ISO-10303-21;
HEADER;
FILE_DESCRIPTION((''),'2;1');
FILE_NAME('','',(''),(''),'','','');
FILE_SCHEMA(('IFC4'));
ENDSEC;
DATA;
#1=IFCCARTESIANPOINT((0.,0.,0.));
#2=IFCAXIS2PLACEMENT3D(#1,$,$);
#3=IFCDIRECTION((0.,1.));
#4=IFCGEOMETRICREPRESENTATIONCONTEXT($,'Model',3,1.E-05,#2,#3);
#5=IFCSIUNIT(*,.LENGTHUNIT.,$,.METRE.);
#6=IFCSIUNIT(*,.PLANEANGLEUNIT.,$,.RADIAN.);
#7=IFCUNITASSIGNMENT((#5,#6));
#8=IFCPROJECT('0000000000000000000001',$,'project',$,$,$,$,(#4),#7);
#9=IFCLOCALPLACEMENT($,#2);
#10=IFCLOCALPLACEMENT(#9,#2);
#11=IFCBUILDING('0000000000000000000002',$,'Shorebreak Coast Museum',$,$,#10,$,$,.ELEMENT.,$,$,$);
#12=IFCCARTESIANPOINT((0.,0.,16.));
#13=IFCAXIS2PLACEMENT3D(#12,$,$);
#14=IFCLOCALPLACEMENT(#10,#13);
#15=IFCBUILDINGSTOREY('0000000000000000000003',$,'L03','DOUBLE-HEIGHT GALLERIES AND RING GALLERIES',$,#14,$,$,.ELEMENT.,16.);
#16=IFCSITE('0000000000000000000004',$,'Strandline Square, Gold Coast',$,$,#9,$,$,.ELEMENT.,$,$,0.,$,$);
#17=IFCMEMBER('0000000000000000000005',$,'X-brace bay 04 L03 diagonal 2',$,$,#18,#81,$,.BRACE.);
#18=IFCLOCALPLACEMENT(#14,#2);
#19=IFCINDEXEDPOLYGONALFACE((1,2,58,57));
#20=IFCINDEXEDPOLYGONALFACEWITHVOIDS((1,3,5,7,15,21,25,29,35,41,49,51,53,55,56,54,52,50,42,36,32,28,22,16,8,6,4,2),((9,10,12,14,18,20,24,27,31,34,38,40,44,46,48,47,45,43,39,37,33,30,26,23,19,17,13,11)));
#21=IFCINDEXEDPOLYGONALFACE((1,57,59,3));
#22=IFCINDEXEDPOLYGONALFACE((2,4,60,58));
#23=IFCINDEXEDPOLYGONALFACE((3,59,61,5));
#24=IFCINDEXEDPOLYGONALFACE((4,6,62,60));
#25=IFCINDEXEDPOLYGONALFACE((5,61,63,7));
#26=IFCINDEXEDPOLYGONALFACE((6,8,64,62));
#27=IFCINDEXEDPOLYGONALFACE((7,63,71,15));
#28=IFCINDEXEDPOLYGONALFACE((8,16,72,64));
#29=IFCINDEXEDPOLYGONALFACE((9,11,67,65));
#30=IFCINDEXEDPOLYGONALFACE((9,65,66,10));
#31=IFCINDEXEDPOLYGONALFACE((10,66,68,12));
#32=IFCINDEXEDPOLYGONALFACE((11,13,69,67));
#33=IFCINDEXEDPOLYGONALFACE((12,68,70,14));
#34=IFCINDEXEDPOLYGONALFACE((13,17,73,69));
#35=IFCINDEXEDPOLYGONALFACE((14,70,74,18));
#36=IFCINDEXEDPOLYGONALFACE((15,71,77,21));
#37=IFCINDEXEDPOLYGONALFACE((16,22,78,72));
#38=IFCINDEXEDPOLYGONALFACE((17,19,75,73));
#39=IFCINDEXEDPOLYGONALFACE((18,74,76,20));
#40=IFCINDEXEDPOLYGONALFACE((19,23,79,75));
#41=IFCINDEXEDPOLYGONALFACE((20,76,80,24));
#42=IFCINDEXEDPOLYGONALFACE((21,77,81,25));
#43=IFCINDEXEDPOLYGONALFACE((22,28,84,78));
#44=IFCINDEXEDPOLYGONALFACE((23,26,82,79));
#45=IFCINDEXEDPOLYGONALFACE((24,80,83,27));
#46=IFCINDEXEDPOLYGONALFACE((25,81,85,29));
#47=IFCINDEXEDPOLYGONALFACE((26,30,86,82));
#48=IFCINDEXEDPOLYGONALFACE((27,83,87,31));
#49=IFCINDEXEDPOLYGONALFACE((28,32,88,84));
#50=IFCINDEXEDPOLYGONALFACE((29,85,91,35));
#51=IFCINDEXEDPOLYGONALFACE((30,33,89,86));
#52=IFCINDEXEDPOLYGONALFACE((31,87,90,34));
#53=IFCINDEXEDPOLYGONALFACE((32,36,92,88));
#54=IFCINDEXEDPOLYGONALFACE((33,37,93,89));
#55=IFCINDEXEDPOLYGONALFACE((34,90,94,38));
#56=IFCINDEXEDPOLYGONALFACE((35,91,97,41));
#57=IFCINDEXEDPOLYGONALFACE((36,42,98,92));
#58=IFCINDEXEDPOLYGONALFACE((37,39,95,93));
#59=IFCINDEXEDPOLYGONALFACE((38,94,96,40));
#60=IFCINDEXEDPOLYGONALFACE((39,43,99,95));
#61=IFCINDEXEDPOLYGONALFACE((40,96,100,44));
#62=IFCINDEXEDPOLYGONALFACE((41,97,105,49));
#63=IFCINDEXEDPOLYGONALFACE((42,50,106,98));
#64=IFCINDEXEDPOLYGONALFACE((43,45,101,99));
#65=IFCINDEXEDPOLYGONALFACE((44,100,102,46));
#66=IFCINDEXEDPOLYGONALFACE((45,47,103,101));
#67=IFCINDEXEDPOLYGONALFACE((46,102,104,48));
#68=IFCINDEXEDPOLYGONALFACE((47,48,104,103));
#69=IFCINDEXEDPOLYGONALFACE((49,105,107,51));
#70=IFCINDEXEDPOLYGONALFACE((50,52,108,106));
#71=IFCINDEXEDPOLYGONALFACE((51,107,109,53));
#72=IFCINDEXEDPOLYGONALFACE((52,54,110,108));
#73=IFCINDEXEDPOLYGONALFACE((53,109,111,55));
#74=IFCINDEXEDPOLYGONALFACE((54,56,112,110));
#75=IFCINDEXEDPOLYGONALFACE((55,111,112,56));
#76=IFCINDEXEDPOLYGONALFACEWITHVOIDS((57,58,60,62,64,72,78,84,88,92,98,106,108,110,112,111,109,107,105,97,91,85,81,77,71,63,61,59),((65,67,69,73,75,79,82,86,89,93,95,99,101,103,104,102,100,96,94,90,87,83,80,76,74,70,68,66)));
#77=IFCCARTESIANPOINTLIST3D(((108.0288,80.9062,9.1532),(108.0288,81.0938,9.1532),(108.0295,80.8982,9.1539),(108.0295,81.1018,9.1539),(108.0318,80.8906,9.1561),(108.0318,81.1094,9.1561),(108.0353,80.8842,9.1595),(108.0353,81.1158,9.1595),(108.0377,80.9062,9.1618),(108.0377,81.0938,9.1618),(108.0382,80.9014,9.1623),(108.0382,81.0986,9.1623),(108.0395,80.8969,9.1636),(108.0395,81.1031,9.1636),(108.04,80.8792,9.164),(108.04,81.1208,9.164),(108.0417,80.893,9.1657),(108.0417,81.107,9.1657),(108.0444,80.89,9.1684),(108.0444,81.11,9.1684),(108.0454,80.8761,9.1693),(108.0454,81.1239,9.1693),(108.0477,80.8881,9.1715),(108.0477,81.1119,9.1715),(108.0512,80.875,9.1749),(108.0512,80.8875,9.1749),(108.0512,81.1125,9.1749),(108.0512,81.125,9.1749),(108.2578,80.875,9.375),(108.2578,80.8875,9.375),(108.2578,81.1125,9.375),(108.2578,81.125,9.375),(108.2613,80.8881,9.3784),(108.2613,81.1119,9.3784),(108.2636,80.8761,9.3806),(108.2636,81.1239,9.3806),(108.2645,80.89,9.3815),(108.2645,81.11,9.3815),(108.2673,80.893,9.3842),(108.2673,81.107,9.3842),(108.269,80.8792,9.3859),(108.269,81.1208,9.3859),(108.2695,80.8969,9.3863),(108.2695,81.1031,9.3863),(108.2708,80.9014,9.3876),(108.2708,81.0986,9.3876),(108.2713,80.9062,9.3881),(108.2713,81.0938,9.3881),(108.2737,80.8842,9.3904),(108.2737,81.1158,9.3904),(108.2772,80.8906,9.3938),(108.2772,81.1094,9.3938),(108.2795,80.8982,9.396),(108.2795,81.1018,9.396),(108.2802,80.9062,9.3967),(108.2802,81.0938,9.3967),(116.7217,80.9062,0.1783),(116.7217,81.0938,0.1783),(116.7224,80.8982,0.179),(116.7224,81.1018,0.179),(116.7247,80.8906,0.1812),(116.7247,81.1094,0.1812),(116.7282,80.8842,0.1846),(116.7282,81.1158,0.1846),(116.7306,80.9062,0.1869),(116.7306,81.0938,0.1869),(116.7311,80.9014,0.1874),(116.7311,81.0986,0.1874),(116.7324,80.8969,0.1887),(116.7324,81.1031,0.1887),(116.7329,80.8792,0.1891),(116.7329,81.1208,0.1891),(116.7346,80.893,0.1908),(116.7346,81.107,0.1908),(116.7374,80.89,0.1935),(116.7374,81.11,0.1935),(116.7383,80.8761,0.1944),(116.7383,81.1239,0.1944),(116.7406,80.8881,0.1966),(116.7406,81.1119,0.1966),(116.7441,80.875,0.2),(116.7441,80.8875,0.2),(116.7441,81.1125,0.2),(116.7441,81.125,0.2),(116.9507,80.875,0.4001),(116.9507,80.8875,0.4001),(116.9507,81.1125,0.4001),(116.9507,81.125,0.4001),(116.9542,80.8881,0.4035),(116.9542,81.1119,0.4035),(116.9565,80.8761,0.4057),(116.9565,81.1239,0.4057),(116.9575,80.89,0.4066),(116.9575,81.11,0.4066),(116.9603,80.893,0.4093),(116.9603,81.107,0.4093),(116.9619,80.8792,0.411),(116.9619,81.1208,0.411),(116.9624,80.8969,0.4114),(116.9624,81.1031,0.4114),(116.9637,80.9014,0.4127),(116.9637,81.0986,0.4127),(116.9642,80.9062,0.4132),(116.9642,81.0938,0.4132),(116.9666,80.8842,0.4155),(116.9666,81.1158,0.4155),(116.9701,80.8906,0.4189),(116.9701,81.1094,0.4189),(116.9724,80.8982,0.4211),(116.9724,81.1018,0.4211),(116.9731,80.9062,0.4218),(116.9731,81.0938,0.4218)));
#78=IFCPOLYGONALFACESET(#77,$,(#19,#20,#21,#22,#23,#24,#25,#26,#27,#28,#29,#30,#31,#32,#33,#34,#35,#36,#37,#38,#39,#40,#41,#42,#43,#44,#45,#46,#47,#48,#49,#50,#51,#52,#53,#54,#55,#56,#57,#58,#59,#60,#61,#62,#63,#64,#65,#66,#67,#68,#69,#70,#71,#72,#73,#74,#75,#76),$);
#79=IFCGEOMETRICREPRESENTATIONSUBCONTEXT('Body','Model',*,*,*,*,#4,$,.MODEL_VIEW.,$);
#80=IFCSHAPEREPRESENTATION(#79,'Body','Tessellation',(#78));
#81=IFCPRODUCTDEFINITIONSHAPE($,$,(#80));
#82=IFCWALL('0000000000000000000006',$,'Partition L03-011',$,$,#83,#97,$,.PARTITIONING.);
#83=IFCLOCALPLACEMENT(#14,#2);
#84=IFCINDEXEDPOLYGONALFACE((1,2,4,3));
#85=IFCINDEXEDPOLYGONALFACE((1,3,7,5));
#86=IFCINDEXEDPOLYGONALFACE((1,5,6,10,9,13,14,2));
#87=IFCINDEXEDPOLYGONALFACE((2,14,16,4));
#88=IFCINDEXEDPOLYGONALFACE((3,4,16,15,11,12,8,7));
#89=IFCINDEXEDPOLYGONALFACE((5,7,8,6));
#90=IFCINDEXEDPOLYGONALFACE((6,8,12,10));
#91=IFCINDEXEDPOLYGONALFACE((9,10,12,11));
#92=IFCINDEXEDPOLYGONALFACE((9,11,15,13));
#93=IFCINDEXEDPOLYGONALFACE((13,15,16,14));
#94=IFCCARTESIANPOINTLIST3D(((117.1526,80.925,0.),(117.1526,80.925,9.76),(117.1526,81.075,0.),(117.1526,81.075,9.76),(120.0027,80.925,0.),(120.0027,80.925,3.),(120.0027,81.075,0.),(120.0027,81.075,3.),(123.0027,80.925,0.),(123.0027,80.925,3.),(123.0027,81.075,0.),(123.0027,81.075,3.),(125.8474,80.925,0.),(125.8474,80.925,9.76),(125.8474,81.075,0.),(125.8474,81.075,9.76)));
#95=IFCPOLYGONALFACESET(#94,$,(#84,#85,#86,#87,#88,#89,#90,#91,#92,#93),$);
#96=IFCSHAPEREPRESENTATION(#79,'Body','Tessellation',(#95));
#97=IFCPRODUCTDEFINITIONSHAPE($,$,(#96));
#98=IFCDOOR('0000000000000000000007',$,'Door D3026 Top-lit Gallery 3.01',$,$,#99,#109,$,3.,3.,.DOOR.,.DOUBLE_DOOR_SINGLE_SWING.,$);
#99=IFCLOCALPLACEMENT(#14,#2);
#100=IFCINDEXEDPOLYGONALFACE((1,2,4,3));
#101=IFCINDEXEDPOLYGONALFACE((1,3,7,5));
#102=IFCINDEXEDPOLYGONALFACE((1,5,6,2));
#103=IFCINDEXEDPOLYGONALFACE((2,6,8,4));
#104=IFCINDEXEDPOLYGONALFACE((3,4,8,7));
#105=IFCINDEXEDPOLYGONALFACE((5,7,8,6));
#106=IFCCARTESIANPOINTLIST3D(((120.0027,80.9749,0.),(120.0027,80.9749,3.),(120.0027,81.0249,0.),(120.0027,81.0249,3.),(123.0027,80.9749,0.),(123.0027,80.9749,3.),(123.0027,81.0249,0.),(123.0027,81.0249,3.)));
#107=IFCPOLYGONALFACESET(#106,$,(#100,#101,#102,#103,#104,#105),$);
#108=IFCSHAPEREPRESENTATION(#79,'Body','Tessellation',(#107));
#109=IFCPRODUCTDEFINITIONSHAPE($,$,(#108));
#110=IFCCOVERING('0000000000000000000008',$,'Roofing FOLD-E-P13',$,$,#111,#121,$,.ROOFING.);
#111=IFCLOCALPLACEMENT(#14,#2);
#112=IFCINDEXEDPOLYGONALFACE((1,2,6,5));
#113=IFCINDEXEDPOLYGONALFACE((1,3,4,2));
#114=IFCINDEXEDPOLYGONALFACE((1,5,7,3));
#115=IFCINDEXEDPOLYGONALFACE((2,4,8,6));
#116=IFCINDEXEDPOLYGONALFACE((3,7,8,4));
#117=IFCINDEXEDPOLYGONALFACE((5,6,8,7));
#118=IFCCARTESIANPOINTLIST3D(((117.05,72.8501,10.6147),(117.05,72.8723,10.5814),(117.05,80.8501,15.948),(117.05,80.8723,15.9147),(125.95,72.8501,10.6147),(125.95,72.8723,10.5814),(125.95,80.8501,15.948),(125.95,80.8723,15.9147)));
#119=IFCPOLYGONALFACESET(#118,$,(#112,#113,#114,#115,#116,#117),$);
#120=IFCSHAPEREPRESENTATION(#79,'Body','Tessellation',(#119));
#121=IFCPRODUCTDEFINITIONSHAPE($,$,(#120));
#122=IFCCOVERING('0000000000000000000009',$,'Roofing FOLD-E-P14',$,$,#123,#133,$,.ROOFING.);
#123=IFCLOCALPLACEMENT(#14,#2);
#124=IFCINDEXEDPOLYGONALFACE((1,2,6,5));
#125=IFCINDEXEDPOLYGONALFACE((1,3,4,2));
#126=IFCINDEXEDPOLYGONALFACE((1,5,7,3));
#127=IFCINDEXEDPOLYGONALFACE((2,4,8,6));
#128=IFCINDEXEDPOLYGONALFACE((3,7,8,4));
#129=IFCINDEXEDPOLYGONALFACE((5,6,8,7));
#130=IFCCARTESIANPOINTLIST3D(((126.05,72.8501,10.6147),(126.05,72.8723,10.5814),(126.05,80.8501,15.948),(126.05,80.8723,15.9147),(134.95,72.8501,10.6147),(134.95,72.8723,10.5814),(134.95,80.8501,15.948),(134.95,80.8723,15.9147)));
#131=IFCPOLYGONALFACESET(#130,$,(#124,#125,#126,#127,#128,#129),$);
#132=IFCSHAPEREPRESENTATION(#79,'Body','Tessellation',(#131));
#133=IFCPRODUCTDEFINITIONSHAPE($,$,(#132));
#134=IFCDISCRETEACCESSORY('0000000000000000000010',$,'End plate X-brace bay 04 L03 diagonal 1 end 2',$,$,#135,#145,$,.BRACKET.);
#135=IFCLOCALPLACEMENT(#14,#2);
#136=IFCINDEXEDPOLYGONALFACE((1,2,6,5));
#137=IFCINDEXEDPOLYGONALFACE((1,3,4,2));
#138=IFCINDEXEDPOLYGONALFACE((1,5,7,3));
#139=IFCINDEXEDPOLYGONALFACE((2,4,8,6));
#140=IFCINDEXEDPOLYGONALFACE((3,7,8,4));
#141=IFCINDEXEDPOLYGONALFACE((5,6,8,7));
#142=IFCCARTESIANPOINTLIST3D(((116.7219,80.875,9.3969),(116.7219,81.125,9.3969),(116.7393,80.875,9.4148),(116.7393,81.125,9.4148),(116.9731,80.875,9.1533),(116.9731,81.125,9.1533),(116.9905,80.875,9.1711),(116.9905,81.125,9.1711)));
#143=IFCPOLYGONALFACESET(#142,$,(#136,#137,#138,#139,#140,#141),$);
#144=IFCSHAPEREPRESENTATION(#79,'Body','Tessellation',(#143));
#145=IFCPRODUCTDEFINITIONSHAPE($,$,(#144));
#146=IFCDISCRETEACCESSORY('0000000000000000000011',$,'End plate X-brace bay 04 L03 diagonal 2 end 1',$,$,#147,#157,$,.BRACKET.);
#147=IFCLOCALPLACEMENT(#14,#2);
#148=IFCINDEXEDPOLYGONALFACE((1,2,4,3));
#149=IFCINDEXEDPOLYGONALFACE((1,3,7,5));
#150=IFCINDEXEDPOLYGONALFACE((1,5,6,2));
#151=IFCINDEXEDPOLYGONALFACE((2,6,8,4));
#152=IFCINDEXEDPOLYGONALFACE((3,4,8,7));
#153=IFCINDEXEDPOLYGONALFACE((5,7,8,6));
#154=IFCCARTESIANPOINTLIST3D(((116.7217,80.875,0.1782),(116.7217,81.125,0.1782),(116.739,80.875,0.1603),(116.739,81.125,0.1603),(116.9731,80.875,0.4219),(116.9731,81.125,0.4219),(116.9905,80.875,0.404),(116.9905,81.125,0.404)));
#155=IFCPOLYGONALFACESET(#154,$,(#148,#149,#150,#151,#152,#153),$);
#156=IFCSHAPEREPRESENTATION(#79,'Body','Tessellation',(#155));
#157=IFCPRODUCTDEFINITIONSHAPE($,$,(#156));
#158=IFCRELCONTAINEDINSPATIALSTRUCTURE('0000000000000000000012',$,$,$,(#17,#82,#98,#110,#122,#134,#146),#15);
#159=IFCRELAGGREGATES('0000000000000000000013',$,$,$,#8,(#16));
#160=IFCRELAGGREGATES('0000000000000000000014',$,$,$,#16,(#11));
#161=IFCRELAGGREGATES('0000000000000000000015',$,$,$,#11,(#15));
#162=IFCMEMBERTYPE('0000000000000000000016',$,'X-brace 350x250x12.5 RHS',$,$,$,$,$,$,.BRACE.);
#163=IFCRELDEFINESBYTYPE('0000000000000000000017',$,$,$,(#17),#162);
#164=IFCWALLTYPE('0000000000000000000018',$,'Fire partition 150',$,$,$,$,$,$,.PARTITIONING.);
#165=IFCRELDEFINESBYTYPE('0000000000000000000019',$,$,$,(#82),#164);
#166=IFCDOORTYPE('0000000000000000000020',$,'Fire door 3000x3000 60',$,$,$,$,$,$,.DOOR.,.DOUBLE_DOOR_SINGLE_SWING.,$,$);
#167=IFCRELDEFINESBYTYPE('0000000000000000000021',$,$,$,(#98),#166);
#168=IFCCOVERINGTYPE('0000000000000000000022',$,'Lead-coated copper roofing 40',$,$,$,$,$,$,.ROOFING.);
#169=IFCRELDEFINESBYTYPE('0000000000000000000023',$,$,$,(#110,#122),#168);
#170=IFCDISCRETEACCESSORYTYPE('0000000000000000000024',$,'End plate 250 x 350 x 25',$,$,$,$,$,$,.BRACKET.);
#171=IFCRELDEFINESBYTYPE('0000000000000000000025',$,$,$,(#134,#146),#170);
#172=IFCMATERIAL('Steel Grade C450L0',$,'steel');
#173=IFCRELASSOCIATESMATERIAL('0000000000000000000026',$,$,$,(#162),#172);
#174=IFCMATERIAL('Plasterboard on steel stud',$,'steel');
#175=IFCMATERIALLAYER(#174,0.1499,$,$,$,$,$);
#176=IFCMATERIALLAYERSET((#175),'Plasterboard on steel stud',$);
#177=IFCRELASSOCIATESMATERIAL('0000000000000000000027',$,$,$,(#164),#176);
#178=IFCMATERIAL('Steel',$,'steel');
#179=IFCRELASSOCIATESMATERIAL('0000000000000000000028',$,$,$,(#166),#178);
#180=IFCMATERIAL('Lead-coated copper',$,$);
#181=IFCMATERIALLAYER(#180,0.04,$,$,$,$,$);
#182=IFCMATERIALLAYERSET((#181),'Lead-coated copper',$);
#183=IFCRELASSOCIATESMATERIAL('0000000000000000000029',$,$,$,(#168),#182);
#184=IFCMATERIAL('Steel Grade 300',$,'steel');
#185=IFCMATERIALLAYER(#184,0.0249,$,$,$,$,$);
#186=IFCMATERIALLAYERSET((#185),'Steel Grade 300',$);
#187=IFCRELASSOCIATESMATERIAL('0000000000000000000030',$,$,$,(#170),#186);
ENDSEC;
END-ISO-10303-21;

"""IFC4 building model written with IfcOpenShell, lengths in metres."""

from ifc_helpers import new_model, si_unit, direction, frame, frame_2d, origin, origin_2d, place, context, subcontext, project, spatial, polyline, rectangle, hollow_rectangle, outline, extrude, material, layer, layer_set, material_profile, profile_set, type_object, element, fill, save


model = new_model("IFC4")

# Units and contexts
model_context = context("Model", 3, precision=1e-05, world=origin(), true_north=direction((0.0, 1.0)))
body_context = subcontext(model_context, "Body", "Model", "MODEL_VIEW")
ifc_project = project(units=[si_unit("LENGTHUNIT", "METRE"), si_unit("PLANEANGLEUNIT", "RADIAN")], contexts=[model_context])

# Site, building, storey
site_placement = place(None, origin())
site = spatial("IfcSite", under=ifc_project, at=site_placement, Name="Strandline Square, Gold Coast", CompositionType="ELEMENT", RefElevation=0.0)
building_placement = place(site_placement, origin())
building = spatial("IfcBuilding", under=site, at=building_placement, Name="Shorebreak Coast Museum", CompositionType="ELEMENT")
storey_placement = place(building_placement, frame((0.0, 0.0, 16.0)))
storey = spatial("IfcBuildingStorey", under=building, at=storey_placement, Name="L03", Description="DOUBLE-HEIGHT GALLERIES AND RING GALLERIES", CompositionType="ELEMENT", Elevation=16.0)

# Member
ifc_material_1 = material(Name="Steel Grade C450L0", Category="steel")
ifc_material_profile_1 = material_profile(ifc_material_1, hollow_rectangle(XDim=0.25, YDim=0.3501, WallThickness=0.0125, InnerFilletRadius=0.0188, OuterFilletRadius=0.0312, at=origin_2d()), Name="350x250x12.5 RHS")
ifc_profile_set_1 = profile_set([ifc_material_profile_1], Name="Steel Grade C450L0")
member_type_1 = type_object("IfcMemberType", Name="X-brace 350x250x12.5 RHS", PredefinedType="BRACE", material=ifc_profile_set_1)
member_1_placement = place(storey_placement, frame((116.8474, 81.0, 0.3), z_axis=(-0.695733, 0.0, 0.718301), x_axis=(0.0, -1.0, 0.0)))
element("IfcMember", 1, at=member_1_placement, inside=storey, type_object=member_type_1, Name="X-brace bay 04 L03 diagonal 2", PredefinedType="BRACE", context=body_context, shape_type="SweptSolid", body=[
    extrude(hollow_rectangle(XDim=0.25, YDim=0.3501, WallThickness=0.0125, InnerFilletRadius=0.0188, OuterFilletRadius=0.0312, at=origin_2d()), origin(), (0.0, 0.0, 1.0), 12.4946),
])

# Wall, opening, door
ifc_material_2 = material(Name="Plasterboard on steel stud", Category="steel")
ifc_layer_1 = layer(ifc_material_2, 0.1499)
ifc_layer_set_1 = layer_set([ifc_layer_1], Name="Plasterboard on steel stud")
wall_type = type_object("IfcWallType", Name="Fire partition 150", PredefinedType="PARTITIONING", material=ifc_layer_set_1)
wall_placement = place(storey_placement, frame((117.1526, 81.0, 0.0), z_axis=(0.0, 0.0, 1.0), x_axis=(1.0, 0.0, 0.0)))
wall = element("IfcWall", 2, at=wall_placement, inside=storey, type_object=wall_type, Name="Partition L03-011", PredefinedType="PARTITIONING", context=body_context, shape_type="SweptSolid", body=[
    extrude(rectangle(XDim=8.6948, YDim=0.1499, at=frame_2d((4.3474, 0.0))), origin(), (0.0, 0.0, 1.0), 9.76),
])
opening_placement = place(wall_placement, frame((2.8501, 0.0, 0.0)))
opening = element("IfcOpeningElement", 3, at=opening_placement, cuts=wall, PredefinedType="OPENING", context=body_context, shape_type="SweptSolid", body=[
    extrude(rectangle(XDim=3.0, YDim=3.0, at=frame_2d((1.5, 1.5))), frame((0.0, 0.085, 0.0), z_axis=(0.0, -1.0, 0.0), x_axis=(1.0, 0.0, 0.0)), (0.0, 0.0, 1.0), 0.1699),
])
ifc_material_3 = material(Name="Steel", Category="steel")
door_type = type_object("IfcDoorType", Name="Fire door 3000x3000 60", OperationType="DOUBLE_DOOR_SINGLE_SWING", PredefinedType="DOOR", material=ifc_material_3)
door_placement = place(opening_placement, origin())
door = element("IfcDoor", 4, at=door_placement, inside=storey, type_object=door_type, Name="Door D3026 Top-lit Gallery 3.01", OperationType="DOUBLE_DOOR_SINGLE_SWING", OverallHeight=3.0, OverallWidth=3.0, PredefinedType="DOOR", context=body_context, shape_type="SweptSolid", body=[
    extrude(rectangle(XDim=3.0, YDim=3.0, at=frame_2d((1.5, 1.5))), frame((0.0, 0.0249, 0.0), z_axis=(0.0, -1.0, 0.0), x_axis=(1.0, 0.0, 0.0)), (0.0, 0.0, 1.0), 0.05),
])
fill(opening, door)

# Coverings
ifc_material_4 = material(Name="Lead-coated copper")
ifc_layer_2 = layer(ifc_material_4, 0.04)
ifc_layer_set_2 = layer_set([ifc_layer_2], Name="Lead-coated copper")
covering_type = type_object("IfcCoveringType", Name="Lead-coated copper roofing 40", PredefinedType="ROOFING", material=ifc_layer_set_2)
for number, where, z_axis, x_axis, name in (
    (5, (117.05, 72.8501, 10.6147), (0.0, -0.554694, 0.832054), (1.0, 0.0, 0.0), "Roofing FOLD-E-P13"),
    (6, (126.05, 72.8501, 10.6147), (0.0, -0.554694, 0.832054), (1.0, 0.0, 0.0), "Roofing FOLD-E-P14"),
):
    element("IfcCovering", number, at=place(storey_placement, frame(where, z_axis=z_axis, x_axis=x_axis)), inside=storey, type_object=covering_type, Name=name, PredefinedType="ROOFING", context=body_context, shape_type="SweptSolid", body=[
        extrude(outline(polyline([(0.0, 0.0), (8.8999, 0.0), (8.8999, 9.6148), (0.0, 9.6148), (0.0, 0.0)])), origin(), (0.0, 0.0, -1.0), 0.04),
    ])

# Discrete accessories
ifc_material_5 = material(Name="Steel Grade 300", Category="steel")
ifc_layer_3 = layer(ifc_material_5, 0.0249)
ifc_layer_set_3 = layer_set([ifc_layer_3], Name="Steel Grade 300")
discrete_accessory_type = type_object("IfcDiscreteAccessoryType", Name="End plate 250 x 350 x 25", PredefinedType="BRACKET", material=ifc_layer_set_3)
discrete_accessory_1_placement = place(storey_placement, frame((116.9905, 80.875, 9.1711), z_axis=(0.696211, 0.0, 0.717837), x_axis=(0.0, 1.0, 0.0)))
element("IfcDiscreteAccessory", 7, at=discrete_accessory_1_placement, inside=storey, type_object=discrete_accessory_type, Name="End plate X-brace bay 04 L03 diagonal 1 end 2", PredefinedType="BRACKET", context=body_context, shape_type="SweptSolid", body=[
    extrude(outline(polyline([(0.0, 0.0), (0.25, 0.0), (0.25, 0.35), (0.0, 0.35), (0.0, 0.0)])), origin(), (0.0, 0.0, -1.0), 0.0249),
])
discrete_accessory_2_placement = place(storey_placement, frame((116.7217, 81.125, 0.1782), z_axis=(-0.695863, 0.0, 0.718175), x_axis=(0.0, -1.0, 0.0)))
element("IfcDiscreteAccessory", 8, at=discrete_accessory_2_placement, inside=storey, type_object=discrete_accessory_type, Name="End plate X-brace bay 04 L03 diagonal 2 end 1", PredefinedType="BRACKET", context=body_context, shape_type="SweptSolid", body=[
    extrude(outline(polyline([(0.0, 0.0), (0.25, 0.0), (0.25, 0.3501), (0.0, 0.3501), (0.0, 0.0)])), origin(), (0.0, 0.0, -1.0), 0.0249),
])

save(model, "model.ifc")
